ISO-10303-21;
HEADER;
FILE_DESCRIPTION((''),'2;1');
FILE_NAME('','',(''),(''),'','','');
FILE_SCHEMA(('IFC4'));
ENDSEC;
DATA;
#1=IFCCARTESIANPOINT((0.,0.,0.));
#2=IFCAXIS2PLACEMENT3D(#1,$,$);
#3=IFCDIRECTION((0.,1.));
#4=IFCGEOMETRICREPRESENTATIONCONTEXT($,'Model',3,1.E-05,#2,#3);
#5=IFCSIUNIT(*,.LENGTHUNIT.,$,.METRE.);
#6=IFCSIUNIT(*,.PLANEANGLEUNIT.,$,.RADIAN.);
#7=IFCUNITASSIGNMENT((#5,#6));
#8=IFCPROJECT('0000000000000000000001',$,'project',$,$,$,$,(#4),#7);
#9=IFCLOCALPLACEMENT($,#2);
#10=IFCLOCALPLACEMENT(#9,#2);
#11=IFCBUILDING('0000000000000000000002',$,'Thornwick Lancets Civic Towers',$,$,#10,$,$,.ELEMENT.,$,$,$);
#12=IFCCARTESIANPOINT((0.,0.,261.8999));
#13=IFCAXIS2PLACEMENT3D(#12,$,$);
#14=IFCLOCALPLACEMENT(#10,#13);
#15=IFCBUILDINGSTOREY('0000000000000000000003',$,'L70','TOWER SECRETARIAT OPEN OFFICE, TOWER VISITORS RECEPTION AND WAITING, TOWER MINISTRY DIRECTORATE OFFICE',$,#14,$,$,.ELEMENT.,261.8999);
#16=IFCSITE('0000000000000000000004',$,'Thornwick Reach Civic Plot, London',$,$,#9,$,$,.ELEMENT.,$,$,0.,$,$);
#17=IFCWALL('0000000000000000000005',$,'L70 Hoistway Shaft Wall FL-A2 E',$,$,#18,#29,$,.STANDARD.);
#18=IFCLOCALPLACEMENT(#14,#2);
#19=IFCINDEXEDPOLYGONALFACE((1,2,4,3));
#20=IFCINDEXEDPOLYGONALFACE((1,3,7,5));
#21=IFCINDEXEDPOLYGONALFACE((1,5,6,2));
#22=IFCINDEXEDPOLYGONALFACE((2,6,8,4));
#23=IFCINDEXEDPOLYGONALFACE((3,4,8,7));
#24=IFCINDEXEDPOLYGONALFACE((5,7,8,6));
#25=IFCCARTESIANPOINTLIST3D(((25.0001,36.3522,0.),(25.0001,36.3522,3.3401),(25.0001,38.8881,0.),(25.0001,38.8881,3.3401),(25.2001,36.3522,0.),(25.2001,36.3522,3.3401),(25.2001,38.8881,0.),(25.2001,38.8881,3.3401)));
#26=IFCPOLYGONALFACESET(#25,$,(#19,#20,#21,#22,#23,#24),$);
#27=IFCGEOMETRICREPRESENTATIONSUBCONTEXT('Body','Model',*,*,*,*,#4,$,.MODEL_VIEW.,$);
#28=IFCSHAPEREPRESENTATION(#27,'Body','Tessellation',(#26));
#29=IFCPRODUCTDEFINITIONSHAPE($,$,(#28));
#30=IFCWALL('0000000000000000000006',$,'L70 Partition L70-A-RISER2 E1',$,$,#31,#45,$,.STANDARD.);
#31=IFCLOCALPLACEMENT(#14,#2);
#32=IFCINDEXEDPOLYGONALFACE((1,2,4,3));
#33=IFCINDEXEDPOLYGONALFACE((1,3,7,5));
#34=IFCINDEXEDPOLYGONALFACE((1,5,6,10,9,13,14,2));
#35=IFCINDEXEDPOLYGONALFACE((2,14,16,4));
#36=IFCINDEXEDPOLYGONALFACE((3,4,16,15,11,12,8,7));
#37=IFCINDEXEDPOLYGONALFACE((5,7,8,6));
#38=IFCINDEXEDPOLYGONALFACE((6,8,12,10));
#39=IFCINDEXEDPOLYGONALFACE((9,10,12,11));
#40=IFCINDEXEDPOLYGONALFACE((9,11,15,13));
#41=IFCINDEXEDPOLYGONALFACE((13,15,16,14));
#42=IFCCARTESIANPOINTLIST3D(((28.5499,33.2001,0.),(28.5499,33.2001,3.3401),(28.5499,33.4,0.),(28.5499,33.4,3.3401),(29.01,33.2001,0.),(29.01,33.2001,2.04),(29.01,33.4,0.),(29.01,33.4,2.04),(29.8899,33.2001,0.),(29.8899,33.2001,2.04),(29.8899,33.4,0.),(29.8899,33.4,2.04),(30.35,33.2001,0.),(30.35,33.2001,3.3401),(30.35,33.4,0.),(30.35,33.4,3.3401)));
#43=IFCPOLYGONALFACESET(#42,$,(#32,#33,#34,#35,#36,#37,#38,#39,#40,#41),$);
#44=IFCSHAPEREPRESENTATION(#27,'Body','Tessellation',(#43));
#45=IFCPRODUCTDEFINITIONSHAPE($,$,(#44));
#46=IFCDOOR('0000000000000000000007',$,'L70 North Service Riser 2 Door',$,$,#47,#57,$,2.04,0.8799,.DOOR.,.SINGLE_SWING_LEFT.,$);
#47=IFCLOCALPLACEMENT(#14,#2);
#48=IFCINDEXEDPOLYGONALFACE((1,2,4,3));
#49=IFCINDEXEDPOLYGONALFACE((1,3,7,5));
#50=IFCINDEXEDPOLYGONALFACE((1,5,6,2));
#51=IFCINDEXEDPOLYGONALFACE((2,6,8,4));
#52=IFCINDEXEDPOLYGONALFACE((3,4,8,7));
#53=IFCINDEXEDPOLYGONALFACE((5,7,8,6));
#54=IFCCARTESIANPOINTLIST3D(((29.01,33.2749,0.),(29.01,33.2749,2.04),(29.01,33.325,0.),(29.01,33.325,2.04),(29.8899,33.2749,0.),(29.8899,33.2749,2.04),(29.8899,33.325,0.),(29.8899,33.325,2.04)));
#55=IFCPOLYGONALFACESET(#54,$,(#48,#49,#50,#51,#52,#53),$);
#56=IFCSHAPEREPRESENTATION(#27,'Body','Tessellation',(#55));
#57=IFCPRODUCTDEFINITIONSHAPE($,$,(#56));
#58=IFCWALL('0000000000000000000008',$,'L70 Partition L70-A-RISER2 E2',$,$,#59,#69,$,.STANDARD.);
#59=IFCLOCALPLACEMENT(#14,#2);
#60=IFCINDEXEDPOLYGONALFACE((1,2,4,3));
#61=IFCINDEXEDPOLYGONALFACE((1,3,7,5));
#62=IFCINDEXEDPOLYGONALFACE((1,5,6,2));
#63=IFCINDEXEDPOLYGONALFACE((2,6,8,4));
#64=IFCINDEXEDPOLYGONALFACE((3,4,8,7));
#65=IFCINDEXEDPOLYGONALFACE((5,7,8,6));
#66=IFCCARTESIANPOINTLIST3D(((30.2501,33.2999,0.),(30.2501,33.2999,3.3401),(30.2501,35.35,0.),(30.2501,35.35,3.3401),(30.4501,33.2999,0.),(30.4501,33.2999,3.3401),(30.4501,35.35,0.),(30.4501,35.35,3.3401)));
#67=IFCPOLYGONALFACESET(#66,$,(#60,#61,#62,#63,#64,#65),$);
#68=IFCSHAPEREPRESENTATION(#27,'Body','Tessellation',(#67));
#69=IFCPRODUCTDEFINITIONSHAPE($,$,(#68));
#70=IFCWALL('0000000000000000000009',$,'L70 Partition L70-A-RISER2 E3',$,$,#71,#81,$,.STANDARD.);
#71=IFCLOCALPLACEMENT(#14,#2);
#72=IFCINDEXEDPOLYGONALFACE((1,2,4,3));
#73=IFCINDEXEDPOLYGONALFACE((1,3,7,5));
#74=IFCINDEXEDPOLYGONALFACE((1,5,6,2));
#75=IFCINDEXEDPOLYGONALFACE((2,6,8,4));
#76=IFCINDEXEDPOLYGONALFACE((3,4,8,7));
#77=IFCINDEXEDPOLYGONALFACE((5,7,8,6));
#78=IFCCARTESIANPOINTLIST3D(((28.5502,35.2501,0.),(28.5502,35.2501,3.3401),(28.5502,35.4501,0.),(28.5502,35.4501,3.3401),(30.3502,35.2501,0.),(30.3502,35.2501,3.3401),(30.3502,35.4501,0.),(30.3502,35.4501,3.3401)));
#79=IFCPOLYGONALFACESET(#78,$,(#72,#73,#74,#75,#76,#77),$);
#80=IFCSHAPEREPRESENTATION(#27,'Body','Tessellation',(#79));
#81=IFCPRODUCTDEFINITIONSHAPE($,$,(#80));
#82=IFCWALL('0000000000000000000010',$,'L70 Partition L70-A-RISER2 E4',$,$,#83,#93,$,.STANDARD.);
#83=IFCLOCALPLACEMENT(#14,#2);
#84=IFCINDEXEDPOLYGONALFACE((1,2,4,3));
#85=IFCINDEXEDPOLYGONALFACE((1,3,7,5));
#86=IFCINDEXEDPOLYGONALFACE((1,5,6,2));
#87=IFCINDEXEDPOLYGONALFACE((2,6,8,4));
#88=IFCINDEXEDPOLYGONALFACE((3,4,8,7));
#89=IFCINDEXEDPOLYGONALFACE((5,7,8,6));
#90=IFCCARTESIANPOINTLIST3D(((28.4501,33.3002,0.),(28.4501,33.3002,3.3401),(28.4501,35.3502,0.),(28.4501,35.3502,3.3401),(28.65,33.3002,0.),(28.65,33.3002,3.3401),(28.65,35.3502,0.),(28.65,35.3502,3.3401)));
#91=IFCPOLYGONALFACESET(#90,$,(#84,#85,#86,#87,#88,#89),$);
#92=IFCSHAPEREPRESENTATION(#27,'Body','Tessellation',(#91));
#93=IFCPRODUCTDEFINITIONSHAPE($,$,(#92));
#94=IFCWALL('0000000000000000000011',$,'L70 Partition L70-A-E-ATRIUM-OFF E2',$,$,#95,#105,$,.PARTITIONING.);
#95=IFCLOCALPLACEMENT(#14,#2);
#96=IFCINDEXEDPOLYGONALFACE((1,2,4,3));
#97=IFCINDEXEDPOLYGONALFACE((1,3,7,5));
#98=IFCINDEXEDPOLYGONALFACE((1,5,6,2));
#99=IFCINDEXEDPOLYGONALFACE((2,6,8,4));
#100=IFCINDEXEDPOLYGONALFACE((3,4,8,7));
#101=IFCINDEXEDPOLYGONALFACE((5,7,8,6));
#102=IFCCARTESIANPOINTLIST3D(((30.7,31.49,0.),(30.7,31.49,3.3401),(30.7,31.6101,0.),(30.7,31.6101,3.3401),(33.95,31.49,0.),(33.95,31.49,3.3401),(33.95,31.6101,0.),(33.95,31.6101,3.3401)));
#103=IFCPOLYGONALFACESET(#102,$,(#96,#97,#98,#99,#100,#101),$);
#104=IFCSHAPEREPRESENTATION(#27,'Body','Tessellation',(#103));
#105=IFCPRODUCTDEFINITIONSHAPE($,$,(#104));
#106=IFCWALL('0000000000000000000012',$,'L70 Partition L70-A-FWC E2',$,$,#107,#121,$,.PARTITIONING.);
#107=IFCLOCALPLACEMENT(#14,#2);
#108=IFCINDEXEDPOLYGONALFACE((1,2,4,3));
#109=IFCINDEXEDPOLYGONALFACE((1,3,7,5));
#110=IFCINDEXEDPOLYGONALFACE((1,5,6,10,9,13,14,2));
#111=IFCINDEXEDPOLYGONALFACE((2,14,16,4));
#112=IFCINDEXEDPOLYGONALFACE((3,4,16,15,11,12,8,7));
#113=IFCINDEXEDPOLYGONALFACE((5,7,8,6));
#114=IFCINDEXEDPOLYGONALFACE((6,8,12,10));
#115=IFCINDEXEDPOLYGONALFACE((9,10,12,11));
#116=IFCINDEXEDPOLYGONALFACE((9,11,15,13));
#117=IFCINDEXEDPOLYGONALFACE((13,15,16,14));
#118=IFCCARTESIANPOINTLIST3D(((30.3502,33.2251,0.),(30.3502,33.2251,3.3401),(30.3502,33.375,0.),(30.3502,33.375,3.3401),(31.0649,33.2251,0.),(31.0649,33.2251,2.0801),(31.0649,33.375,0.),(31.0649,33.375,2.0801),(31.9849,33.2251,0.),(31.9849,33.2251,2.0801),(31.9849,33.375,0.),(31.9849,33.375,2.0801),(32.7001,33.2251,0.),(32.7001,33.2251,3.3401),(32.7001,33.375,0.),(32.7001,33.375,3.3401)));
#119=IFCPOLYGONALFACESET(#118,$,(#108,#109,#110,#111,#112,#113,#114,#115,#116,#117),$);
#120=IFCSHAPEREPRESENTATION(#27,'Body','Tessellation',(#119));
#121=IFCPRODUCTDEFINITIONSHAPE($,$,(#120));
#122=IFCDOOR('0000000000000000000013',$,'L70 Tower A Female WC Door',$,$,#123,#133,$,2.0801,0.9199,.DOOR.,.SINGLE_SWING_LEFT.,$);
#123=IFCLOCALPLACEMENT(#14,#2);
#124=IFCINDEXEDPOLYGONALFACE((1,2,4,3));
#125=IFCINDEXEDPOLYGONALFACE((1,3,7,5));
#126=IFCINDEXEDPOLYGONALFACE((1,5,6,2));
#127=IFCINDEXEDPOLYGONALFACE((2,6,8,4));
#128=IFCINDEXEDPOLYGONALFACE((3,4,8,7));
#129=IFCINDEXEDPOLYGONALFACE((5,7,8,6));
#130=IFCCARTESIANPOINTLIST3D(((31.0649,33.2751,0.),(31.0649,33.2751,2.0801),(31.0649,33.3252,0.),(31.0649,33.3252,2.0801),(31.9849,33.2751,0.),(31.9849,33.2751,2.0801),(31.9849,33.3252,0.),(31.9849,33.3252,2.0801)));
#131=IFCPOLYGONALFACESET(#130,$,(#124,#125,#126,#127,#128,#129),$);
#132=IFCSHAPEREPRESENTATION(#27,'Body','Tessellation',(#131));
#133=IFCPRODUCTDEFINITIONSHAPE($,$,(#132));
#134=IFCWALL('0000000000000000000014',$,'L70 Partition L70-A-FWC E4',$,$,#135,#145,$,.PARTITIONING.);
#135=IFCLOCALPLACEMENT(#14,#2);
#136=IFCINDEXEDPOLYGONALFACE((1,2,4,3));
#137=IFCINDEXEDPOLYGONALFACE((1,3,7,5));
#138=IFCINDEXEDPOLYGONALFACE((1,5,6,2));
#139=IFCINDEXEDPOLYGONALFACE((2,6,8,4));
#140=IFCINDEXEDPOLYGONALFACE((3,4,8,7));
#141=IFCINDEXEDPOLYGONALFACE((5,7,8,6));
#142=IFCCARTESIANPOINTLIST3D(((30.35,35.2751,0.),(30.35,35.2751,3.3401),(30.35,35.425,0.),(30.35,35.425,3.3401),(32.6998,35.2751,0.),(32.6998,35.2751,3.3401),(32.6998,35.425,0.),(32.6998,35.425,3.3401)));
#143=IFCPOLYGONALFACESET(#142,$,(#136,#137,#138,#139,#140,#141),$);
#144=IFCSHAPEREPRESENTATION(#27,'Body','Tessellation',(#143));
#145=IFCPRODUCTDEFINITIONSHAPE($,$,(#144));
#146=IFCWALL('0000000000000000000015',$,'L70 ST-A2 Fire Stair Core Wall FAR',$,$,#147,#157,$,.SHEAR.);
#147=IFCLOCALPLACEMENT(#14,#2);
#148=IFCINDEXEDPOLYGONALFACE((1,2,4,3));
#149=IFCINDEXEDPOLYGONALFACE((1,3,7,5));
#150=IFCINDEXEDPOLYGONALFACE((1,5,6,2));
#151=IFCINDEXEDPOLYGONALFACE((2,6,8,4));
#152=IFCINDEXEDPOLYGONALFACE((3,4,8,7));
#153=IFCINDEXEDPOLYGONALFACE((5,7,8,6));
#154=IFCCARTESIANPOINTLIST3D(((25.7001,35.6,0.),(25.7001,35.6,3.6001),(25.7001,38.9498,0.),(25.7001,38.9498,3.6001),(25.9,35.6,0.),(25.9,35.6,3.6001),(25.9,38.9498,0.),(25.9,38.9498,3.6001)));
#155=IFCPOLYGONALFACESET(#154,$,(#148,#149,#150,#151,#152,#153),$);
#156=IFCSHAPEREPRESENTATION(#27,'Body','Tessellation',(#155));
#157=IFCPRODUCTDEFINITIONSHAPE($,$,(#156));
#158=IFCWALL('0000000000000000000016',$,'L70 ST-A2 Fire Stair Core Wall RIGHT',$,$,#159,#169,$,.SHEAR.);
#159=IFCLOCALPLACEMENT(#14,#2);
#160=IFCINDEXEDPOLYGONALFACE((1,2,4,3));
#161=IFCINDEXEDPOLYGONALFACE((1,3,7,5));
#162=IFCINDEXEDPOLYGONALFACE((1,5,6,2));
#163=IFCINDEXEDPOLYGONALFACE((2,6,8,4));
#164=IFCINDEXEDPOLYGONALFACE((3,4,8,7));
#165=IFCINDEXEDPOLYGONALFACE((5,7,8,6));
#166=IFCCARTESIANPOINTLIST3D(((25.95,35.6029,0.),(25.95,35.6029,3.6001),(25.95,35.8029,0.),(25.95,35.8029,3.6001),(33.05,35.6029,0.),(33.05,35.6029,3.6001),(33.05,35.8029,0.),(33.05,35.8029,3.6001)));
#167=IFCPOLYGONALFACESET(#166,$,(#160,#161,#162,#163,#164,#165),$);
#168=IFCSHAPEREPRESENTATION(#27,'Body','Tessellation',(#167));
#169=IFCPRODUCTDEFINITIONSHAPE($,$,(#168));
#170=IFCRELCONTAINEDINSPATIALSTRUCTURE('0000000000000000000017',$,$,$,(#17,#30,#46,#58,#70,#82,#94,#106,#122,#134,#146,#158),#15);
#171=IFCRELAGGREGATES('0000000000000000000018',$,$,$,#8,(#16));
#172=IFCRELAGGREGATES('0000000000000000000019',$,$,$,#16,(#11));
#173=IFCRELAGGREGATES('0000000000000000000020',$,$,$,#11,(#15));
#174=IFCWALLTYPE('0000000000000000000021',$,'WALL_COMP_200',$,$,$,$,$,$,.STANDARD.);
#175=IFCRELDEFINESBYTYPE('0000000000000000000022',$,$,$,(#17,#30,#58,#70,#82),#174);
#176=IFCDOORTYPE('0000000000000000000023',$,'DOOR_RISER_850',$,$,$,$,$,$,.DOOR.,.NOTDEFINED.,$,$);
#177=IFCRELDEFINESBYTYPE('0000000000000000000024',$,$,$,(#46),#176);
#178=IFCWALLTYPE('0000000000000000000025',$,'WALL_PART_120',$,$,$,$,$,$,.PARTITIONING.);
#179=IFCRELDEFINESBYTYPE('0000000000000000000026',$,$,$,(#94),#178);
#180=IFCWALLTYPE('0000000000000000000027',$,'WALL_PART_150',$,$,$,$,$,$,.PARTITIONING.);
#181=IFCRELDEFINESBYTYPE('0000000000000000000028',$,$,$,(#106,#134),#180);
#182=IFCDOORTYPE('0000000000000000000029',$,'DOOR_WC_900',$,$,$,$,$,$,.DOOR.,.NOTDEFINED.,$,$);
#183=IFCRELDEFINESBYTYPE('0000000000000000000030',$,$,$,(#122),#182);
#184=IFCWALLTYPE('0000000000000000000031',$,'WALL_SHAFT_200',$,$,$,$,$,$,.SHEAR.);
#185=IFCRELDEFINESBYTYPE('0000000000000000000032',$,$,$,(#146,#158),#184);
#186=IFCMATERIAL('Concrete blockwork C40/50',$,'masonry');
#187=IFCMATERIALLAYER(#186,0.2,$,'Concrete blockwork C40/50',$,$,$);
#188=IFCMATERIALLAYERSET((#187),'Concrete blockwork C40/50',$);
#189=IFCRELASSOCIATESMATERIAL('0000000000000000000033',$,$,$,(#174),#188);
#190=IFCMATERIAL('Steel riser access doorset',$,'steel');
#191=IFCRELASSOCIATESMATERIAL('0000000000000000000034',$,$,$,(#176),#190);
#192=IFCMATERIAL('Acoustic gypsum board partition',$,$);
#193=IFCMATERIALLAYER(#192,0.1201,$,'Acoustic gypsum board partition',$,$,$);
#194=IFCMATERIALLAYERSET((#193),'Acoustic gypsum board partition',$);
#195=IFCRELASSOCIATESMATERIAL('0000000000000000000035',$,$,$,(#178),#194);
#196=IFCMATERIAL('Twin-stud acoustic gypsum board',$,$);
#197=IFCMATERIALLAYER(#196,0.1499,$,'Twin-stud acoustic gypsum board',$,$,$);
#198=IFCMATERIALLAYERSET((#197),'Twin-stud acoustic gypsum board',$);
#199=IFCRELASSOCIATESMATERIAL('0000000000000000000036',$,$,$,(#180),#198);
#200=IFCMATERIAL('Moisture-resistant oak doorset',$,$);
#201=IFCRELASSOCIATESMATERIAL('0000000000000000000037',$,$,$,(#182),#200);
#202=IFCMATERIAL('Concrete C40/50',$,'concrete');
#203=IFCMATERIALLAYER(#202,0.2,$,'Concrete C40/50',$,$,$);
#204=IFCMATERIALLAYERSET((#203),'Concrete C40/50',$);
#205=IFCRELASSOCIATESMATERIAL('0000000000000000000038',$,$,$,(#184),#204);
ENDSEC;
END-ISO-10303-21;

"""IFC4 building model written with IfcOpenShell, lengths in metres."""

from ifc_helpers import new_model, si_unit, direction, frame, frame_2d, origin, place, context, subcontext, project, spatial, rectangle, extrude, material, layer, layer_set, type_object, element, fill, save


model = new_model("IFC4")

# Units and contexts
model_context = context("Model", 3, precision=1e-05, world=origin(), true_north=direction((0.0, 1.0)))
body_context = subcontext(model_context, "Body", "Model", "MODEL_VIEW")
ifc_project = project(units=[si_unit("LENGTHUNIT", "METRE"), si_unit("PLANEANGLEUNIT", "RADIAN")], contexts=[model_context])

# Site, building, storey
site_placement = place(None, origin())
site = spatial("IfcSite", under=ifc_project, at=site_placement, Name="Thornwick Reach Civic Plot, London", CompositionType="ELEMENT", RefElevation=0.0)
building_placement = place(site_placement, origin())
building = spatial("IfcBuilding", under=site, at=building_placement, Name="Thornwick Lancets Civic Towers", CompositionType="ELEMENT")
storey_placement = place(building_placement, frame((0.0, 0.0, 261.8999)))
storey = spatial("IfcBuildingStorey", under=building, at=storey_placement, Name="L70", Description="TOWER SECRETARIAT OPEN OFFICE, TOWER VISITORS RECEPTION AND WAITING, TOWER MINISTRY DIRECTORATE OFFICE", CompositionType="ELEMENT", Elevation=261.8999)

# Shared definitions
ifc_material_1 = material(Name="Concrete C40/50", Category="concrete")

# Shared definitions
ifc_material_2 = material(Name="Concrete blockwork C40/50", Category="masonry")
ifc_layer_1 = layer(ifc_material_2, 0.2, Name="Concrete blockwork C40/50")
ifc_layer_set_1 = layer_set([ifc_layer_1], Name="Concrete blockwork C40/50")
wall_type_1 = type_object("IfcWallType", Name="WALL_COMP_200", PredefinedType="STANDARD", material=ifc_layer_set_1)

# Wall
wall_1_placement = place(storey_placement, frame((25.1001, 36.3521, 0.0), z_axis=(0.0, 0.0, 1.0), x_axis=(0.0, 1.0, 0.0)))
element("IfcWall", 1, at=wall_1_placement, inside=storey, type_object=wall_type_1, Name="L70 Hoistway Shaft Wall FL-A2 E", PredefinedType="STANDARD", context=body_context, shape_type="SweptSolid", body=[
    extrude(rectangle(XDim=2.5359, YDim=0.2, at=frame_2d((1.2681, 0.0))), origin(), (0.0, 0.0, 1.0), 3.3401),
])

# Wall, opening, door
wall_2_placement = place(storey_placement, frame((28.55, 33.3, 0.0), z_axis=(0.0, 0.0, 1.0), x_axis=(1.0, 0.0, 0.0)))
wall_2 = element("IfcWall", 2, at=wall_2_placement, inside=storey, type_object=wall_type_1, Name="L70 Partition L70-A-RISER2 E1", PredefinedType="STANDARD", context=body_context, shape_type="SweptSolid", body=[
    extrude(rectangle(XDim=1.8, YDim=0.2, at=frame_2d((0.8999, 0.0))), origin(), (0.0, 0.0, 1.0), 3.3401),
])
opening_1_placement = place(wall_2_placement, frame((0.46, 0.0, 0.0)))
opening_1 = element("IfcOpeningElement", 3, at=opening_1_placement, cuts=wall_2, PredefinedType="OPENING", context=body_context, shape_type="SweptSolid", body=[
    extrude(rectangle(XDim=0.8799, YDim=2.04, at=frame_2d((0.4399, 1.02))), frame((0.0, 0.1099, 0.0), z_axis=(0.0, -1.0, 0.0), x_axis=(1.0, 0.0, 0.0)), (0.0, 0.0, 1.0), 0.22),
])
ifc_material_3 = material(Name="Steel riser access doorset", Category="steel")
door_type_1 = type_object("IfcDoorType", Name="DOOR_RISER_850", OperationType="NOTDEFINED", PredefinedType="DOOR", material=ifc_material_3)
door_1_placement = place(opening_1_placement, origin())
door_1 = element("IfcDoor", 4, at=door_1_placement, inside=storey, type_object=door_type_1, Name="L70 North Service Riser 2 Door", OperationType="SINGLE_SWING_LEFT", OverallHeight=2.04, OverallWidth=0.8799, PredefinedType="DOOR", context=body_context, shape_type="SweptSolid", body=[
    extrude(rectangle(XDim=0.8799, YDim=2.04, at=frame_2d((0.4399, 1.02))), frame((0.0, 0.0249, 0.0), z_axis=(0.0, -1.0, 0.0), x_axis=(1.0, 0.0, 0.0)), (0.0, 0.0, 1.0), 0.05),
])
fill(opening_1, door_1)

# Walls
wall_3_placement = place(storey_placement, frame((30.3501, 33.3, 0.0), z_axis=(0.0, 0.0, 1.0), x_axis=(0.0, 1.0, 0.0)))
element("IfcWall", 5, at=wall_3_placement, inside=storey, type_object=wall_type_1, Name="L70 Partition L70-A-RISER2 E2", PredefinedType="STANDARD", context=body_context, shape_type="SweptSolid", body=[
    extrude(rectangle(XDim=2.05, YDim=0.2, at=frame_2d((1.0249, 0.0))), origin(), (0.0, 0.0, 1.0), 3.3401),
])
wall_4_placement = place(storey_placement, frame((30.3501, 35.3501, 0.0), z_axis=(0.0, 0.0, 1.0), x_axis=(-1.0, 0.0, 0.0)))
element("IfcWall", 6, at=wall_4_placement, inside=storey, type_object=wall_type_1, Name="L70 Partition L70-A-RISER2 E3", PredefinedType="STANDARD", context=body_context, shape_type="SweptSolid", body=[
    extrude(rectangle(XDim=1.8, YDim=0.2, at=frame_2d((0.8999, 0.0))), origin(), (0.0, 0.0, 1.0), 3.3401),
])
wall_5_placement = place(storey_placement, frame((28.55, 35.3501, 0.0), z_axis=(0.0, 0.0, 1.0), x_axis=(0.0, -1.0, 0.0)))
element("IfcWall", 7, at=wall_5_placement, inside=storey, type_object=wall_type_1, Name="L70 Partition L70-A-RISER2 E4", PredefinedType="STANDARD", context=body_context, shape_type="SweptSolid", body=[
    extrude(rectangle(XDim=2.05, YDim=0.2, at=frame_2d((1.0249, 0.0))), origin(), (0.0, 0.0, 1.0), 3.3401),
])
ifc_material_4 = material(Name="Acoustic gypsum board partition")
ifc_layer_2 = layer(ifc_material_4, 0.1201, Name="Acoustic gypsum board partition")
ifc_layer_set_2 = layer_set([ifc_layer_2], Name="Acoustic gypsum board partition")
wall_type_2 = type_object("IfcWallType", Name="WALL_PART_120", PredefinedType="PARTITIONING", material=ifc_layer_set_2)
wall_6_placement = place(storey_placement, frame((30.7, 31.55, 0.0), z_axis=(0.0, 0.0, 1.0), x_axis=(1.0, 0.0, 0.0)))
element("IfcWall", 8, at=wall_6_placement, inside=storey, type_object=wall_type_2, Name="L70 Partition L70-A-E-ATRIUM-OFF E2", PredefinedType="PARTITIONING", context=body_context, shape_type="SweptSolid", body=[
    extrude(rectangle(XDim=3.25, YDim=0.1201, at=frame_2d((1.625, 0.0))), origin(), (0.0, 0.0, 1.0), 3.3401),
])

# Wall, opening, door
ifc_material_5 = material(Name="Twin-stud acoustic gypsum board")
ifc_layer_3 = layer(ifc_material_5, 0.1499, Name="Twin-stud acoustic gypsum board")
ifc_layer_set_3 = layer_set([ifc_layer_3], Name="Twin-stud acoustic gypsum board")
wall_type_3 = type_object("IfcWallType", Name="WALL_PART_150", PredefinedType="PARTITIONING", material=ifc_layer_set_3)
wall_7_placement = place(storey_placement, frame((32.7, 33.3, 0.0), z_axis=(0.0, 0.0, 1.0), x_axis=(-1.0, 0.0, 0.0)))
wall_7 = element("IfcWall", 9, at=wall_7_placement, inside=storey, type_object=wall_type_3, Name="L70 Partition L70-A-FWC E2", PredefinedType="PARTITIONING", context=body_context, shape_type="SweptSolid", body=[
    extrude(rectangle(XDim=2.3499, YDim=0.1499, at=frame_2d((1.1748, 0.0))), origin(), (0.0, 0.0, 1.0), 3.3401),
])
opening_2_placement = place(wall_7_placement, frame((0.7151, 0.0, 0.0)))
opening_2 = element("IfcOpeningElement", 10, at=opening_2_placement, cuts=wall_7, PredefinedType="OPENING", context=body_context, shape_type="SweptSolid", body=[
    extrude(rectangle(XDim=0.9199, YDim=2.0801, at=frame_2d((0.46, 1.04))), frame((0.0, 0.085, 0.0), z_axis=(0.0, -1.0, 0.0), x_axis=(1.0, 0.0, 0.0)), (0.0, 0.0, 1.0), 0.1699),
])
ifc_material_6 = material(Name="Moisture-resistant oak doorset")
door_type_2 = type_object("IfcDoorType", Name="DOOR_WC_900", OperationType="NOTDEFINED", PredefinedType="DOOR", material=ifc_material_6)
door_2_placement = place(opening_2_placement, origin())
door_2 = element("IfcDoor", 11, at=door_2_placement, inside=storey, type_object=door_type_2, Name="L70 Tower A Female WC Door", OperationType="SINGLE_SWING_LEFT", OverallHeight=2.0801, OverallWidth=0.9199, PredefinedType="DOOR", context=body_context, shape_type="SweptSolid", body=[
    extrude(rectangle(XDim=0.9199, YDim=2.0801, at=frame_2d((0.46, 1.04))), frame((0.0, 0.0249, 0.0), z_axis=(0.0, -1.0, 0.0), x_axis=(1.0, 0.0, 0.0)), (0.0, 0.0, 1.0), 0.05),
])
fill(opening_2, door_2)

# Walls
wall_8_placement = place(storey_placement, frame((30.3501, 35.3501, 0.0), z_axis=(0.0, 0.0, 1.0), x_axis=(1.0, 0.0, 0.0)))
element("IfcWall", 12, at=wall_8_placement, inside=storey, type_object=wall_type_3, Name="L70 Partition L70-A-FWC E4", PredefinedType="PARTITIONING", context=body_context, shape_type="SweptSolid", body=[
    extrude(rectangle(XDim=2.3499, YDim=0.1499, at=frame_2d((1.1748, 0.0))), origin(), (0.0, 0.0, 1.0), 3.3401),
])
ifc_layer_4 = layer(ifc_material_1, 0.2, Name="Concrete C40/50")
ifc_layer_set_4 = layer_set([ifc_layer_4], Name="Concrete C40/50")
wall_type_4 = type_object("IfcWallType", Name="WALL_SHAFT_200", PredefinedType="SHEAR", material=ifc_layer_set_4)
wall_9_placement = place(storey_placement, frame((25.8, 35.6001, 0.0), z_axis=(0.0, 0.0, 1.0), x_axis=(0.0, 1.0, 0.0)))
element("IfcWall", 13, at=wall_9_placement, inside=storey, type_object=wall_type_4, Name="L70 ST-A2 Fire Stair Core Wall FAR", PredefinedType="SHEAR", context=body_context, shape_type="SweptSolid", body=[
    extrude(rectangle(XDim=3.3499, YDim=0.2, at=frame_2d((1.6748, 0.0))), origin(), (0.0, 0.0, 1.0), 3.6001),
])
wall_10_placement = place(storey_placement, frame((25.95, 35.7029, 0.0), z_axis=(0.0, 0.0, 1.0), x_axis=(1.0, 0.0, 0.0)))
element("IfcWall", 14, at=wall_10_placement, inside=storey, type_object=wall_type_4, Name="L70 ST-A2 Fire Stair Core Wall RIGHT", PredefinedType="SHEAR", context=body_context, shape_type="SweptSolid", body=[
    extrude(rectangle(XDim=7.1001, YDim=0.2, at=frame_2d((3.55, 0.0))), origin(), (0.0, 0.0, 1.0), 3.6001),
])

save(model, "model.ifc")
